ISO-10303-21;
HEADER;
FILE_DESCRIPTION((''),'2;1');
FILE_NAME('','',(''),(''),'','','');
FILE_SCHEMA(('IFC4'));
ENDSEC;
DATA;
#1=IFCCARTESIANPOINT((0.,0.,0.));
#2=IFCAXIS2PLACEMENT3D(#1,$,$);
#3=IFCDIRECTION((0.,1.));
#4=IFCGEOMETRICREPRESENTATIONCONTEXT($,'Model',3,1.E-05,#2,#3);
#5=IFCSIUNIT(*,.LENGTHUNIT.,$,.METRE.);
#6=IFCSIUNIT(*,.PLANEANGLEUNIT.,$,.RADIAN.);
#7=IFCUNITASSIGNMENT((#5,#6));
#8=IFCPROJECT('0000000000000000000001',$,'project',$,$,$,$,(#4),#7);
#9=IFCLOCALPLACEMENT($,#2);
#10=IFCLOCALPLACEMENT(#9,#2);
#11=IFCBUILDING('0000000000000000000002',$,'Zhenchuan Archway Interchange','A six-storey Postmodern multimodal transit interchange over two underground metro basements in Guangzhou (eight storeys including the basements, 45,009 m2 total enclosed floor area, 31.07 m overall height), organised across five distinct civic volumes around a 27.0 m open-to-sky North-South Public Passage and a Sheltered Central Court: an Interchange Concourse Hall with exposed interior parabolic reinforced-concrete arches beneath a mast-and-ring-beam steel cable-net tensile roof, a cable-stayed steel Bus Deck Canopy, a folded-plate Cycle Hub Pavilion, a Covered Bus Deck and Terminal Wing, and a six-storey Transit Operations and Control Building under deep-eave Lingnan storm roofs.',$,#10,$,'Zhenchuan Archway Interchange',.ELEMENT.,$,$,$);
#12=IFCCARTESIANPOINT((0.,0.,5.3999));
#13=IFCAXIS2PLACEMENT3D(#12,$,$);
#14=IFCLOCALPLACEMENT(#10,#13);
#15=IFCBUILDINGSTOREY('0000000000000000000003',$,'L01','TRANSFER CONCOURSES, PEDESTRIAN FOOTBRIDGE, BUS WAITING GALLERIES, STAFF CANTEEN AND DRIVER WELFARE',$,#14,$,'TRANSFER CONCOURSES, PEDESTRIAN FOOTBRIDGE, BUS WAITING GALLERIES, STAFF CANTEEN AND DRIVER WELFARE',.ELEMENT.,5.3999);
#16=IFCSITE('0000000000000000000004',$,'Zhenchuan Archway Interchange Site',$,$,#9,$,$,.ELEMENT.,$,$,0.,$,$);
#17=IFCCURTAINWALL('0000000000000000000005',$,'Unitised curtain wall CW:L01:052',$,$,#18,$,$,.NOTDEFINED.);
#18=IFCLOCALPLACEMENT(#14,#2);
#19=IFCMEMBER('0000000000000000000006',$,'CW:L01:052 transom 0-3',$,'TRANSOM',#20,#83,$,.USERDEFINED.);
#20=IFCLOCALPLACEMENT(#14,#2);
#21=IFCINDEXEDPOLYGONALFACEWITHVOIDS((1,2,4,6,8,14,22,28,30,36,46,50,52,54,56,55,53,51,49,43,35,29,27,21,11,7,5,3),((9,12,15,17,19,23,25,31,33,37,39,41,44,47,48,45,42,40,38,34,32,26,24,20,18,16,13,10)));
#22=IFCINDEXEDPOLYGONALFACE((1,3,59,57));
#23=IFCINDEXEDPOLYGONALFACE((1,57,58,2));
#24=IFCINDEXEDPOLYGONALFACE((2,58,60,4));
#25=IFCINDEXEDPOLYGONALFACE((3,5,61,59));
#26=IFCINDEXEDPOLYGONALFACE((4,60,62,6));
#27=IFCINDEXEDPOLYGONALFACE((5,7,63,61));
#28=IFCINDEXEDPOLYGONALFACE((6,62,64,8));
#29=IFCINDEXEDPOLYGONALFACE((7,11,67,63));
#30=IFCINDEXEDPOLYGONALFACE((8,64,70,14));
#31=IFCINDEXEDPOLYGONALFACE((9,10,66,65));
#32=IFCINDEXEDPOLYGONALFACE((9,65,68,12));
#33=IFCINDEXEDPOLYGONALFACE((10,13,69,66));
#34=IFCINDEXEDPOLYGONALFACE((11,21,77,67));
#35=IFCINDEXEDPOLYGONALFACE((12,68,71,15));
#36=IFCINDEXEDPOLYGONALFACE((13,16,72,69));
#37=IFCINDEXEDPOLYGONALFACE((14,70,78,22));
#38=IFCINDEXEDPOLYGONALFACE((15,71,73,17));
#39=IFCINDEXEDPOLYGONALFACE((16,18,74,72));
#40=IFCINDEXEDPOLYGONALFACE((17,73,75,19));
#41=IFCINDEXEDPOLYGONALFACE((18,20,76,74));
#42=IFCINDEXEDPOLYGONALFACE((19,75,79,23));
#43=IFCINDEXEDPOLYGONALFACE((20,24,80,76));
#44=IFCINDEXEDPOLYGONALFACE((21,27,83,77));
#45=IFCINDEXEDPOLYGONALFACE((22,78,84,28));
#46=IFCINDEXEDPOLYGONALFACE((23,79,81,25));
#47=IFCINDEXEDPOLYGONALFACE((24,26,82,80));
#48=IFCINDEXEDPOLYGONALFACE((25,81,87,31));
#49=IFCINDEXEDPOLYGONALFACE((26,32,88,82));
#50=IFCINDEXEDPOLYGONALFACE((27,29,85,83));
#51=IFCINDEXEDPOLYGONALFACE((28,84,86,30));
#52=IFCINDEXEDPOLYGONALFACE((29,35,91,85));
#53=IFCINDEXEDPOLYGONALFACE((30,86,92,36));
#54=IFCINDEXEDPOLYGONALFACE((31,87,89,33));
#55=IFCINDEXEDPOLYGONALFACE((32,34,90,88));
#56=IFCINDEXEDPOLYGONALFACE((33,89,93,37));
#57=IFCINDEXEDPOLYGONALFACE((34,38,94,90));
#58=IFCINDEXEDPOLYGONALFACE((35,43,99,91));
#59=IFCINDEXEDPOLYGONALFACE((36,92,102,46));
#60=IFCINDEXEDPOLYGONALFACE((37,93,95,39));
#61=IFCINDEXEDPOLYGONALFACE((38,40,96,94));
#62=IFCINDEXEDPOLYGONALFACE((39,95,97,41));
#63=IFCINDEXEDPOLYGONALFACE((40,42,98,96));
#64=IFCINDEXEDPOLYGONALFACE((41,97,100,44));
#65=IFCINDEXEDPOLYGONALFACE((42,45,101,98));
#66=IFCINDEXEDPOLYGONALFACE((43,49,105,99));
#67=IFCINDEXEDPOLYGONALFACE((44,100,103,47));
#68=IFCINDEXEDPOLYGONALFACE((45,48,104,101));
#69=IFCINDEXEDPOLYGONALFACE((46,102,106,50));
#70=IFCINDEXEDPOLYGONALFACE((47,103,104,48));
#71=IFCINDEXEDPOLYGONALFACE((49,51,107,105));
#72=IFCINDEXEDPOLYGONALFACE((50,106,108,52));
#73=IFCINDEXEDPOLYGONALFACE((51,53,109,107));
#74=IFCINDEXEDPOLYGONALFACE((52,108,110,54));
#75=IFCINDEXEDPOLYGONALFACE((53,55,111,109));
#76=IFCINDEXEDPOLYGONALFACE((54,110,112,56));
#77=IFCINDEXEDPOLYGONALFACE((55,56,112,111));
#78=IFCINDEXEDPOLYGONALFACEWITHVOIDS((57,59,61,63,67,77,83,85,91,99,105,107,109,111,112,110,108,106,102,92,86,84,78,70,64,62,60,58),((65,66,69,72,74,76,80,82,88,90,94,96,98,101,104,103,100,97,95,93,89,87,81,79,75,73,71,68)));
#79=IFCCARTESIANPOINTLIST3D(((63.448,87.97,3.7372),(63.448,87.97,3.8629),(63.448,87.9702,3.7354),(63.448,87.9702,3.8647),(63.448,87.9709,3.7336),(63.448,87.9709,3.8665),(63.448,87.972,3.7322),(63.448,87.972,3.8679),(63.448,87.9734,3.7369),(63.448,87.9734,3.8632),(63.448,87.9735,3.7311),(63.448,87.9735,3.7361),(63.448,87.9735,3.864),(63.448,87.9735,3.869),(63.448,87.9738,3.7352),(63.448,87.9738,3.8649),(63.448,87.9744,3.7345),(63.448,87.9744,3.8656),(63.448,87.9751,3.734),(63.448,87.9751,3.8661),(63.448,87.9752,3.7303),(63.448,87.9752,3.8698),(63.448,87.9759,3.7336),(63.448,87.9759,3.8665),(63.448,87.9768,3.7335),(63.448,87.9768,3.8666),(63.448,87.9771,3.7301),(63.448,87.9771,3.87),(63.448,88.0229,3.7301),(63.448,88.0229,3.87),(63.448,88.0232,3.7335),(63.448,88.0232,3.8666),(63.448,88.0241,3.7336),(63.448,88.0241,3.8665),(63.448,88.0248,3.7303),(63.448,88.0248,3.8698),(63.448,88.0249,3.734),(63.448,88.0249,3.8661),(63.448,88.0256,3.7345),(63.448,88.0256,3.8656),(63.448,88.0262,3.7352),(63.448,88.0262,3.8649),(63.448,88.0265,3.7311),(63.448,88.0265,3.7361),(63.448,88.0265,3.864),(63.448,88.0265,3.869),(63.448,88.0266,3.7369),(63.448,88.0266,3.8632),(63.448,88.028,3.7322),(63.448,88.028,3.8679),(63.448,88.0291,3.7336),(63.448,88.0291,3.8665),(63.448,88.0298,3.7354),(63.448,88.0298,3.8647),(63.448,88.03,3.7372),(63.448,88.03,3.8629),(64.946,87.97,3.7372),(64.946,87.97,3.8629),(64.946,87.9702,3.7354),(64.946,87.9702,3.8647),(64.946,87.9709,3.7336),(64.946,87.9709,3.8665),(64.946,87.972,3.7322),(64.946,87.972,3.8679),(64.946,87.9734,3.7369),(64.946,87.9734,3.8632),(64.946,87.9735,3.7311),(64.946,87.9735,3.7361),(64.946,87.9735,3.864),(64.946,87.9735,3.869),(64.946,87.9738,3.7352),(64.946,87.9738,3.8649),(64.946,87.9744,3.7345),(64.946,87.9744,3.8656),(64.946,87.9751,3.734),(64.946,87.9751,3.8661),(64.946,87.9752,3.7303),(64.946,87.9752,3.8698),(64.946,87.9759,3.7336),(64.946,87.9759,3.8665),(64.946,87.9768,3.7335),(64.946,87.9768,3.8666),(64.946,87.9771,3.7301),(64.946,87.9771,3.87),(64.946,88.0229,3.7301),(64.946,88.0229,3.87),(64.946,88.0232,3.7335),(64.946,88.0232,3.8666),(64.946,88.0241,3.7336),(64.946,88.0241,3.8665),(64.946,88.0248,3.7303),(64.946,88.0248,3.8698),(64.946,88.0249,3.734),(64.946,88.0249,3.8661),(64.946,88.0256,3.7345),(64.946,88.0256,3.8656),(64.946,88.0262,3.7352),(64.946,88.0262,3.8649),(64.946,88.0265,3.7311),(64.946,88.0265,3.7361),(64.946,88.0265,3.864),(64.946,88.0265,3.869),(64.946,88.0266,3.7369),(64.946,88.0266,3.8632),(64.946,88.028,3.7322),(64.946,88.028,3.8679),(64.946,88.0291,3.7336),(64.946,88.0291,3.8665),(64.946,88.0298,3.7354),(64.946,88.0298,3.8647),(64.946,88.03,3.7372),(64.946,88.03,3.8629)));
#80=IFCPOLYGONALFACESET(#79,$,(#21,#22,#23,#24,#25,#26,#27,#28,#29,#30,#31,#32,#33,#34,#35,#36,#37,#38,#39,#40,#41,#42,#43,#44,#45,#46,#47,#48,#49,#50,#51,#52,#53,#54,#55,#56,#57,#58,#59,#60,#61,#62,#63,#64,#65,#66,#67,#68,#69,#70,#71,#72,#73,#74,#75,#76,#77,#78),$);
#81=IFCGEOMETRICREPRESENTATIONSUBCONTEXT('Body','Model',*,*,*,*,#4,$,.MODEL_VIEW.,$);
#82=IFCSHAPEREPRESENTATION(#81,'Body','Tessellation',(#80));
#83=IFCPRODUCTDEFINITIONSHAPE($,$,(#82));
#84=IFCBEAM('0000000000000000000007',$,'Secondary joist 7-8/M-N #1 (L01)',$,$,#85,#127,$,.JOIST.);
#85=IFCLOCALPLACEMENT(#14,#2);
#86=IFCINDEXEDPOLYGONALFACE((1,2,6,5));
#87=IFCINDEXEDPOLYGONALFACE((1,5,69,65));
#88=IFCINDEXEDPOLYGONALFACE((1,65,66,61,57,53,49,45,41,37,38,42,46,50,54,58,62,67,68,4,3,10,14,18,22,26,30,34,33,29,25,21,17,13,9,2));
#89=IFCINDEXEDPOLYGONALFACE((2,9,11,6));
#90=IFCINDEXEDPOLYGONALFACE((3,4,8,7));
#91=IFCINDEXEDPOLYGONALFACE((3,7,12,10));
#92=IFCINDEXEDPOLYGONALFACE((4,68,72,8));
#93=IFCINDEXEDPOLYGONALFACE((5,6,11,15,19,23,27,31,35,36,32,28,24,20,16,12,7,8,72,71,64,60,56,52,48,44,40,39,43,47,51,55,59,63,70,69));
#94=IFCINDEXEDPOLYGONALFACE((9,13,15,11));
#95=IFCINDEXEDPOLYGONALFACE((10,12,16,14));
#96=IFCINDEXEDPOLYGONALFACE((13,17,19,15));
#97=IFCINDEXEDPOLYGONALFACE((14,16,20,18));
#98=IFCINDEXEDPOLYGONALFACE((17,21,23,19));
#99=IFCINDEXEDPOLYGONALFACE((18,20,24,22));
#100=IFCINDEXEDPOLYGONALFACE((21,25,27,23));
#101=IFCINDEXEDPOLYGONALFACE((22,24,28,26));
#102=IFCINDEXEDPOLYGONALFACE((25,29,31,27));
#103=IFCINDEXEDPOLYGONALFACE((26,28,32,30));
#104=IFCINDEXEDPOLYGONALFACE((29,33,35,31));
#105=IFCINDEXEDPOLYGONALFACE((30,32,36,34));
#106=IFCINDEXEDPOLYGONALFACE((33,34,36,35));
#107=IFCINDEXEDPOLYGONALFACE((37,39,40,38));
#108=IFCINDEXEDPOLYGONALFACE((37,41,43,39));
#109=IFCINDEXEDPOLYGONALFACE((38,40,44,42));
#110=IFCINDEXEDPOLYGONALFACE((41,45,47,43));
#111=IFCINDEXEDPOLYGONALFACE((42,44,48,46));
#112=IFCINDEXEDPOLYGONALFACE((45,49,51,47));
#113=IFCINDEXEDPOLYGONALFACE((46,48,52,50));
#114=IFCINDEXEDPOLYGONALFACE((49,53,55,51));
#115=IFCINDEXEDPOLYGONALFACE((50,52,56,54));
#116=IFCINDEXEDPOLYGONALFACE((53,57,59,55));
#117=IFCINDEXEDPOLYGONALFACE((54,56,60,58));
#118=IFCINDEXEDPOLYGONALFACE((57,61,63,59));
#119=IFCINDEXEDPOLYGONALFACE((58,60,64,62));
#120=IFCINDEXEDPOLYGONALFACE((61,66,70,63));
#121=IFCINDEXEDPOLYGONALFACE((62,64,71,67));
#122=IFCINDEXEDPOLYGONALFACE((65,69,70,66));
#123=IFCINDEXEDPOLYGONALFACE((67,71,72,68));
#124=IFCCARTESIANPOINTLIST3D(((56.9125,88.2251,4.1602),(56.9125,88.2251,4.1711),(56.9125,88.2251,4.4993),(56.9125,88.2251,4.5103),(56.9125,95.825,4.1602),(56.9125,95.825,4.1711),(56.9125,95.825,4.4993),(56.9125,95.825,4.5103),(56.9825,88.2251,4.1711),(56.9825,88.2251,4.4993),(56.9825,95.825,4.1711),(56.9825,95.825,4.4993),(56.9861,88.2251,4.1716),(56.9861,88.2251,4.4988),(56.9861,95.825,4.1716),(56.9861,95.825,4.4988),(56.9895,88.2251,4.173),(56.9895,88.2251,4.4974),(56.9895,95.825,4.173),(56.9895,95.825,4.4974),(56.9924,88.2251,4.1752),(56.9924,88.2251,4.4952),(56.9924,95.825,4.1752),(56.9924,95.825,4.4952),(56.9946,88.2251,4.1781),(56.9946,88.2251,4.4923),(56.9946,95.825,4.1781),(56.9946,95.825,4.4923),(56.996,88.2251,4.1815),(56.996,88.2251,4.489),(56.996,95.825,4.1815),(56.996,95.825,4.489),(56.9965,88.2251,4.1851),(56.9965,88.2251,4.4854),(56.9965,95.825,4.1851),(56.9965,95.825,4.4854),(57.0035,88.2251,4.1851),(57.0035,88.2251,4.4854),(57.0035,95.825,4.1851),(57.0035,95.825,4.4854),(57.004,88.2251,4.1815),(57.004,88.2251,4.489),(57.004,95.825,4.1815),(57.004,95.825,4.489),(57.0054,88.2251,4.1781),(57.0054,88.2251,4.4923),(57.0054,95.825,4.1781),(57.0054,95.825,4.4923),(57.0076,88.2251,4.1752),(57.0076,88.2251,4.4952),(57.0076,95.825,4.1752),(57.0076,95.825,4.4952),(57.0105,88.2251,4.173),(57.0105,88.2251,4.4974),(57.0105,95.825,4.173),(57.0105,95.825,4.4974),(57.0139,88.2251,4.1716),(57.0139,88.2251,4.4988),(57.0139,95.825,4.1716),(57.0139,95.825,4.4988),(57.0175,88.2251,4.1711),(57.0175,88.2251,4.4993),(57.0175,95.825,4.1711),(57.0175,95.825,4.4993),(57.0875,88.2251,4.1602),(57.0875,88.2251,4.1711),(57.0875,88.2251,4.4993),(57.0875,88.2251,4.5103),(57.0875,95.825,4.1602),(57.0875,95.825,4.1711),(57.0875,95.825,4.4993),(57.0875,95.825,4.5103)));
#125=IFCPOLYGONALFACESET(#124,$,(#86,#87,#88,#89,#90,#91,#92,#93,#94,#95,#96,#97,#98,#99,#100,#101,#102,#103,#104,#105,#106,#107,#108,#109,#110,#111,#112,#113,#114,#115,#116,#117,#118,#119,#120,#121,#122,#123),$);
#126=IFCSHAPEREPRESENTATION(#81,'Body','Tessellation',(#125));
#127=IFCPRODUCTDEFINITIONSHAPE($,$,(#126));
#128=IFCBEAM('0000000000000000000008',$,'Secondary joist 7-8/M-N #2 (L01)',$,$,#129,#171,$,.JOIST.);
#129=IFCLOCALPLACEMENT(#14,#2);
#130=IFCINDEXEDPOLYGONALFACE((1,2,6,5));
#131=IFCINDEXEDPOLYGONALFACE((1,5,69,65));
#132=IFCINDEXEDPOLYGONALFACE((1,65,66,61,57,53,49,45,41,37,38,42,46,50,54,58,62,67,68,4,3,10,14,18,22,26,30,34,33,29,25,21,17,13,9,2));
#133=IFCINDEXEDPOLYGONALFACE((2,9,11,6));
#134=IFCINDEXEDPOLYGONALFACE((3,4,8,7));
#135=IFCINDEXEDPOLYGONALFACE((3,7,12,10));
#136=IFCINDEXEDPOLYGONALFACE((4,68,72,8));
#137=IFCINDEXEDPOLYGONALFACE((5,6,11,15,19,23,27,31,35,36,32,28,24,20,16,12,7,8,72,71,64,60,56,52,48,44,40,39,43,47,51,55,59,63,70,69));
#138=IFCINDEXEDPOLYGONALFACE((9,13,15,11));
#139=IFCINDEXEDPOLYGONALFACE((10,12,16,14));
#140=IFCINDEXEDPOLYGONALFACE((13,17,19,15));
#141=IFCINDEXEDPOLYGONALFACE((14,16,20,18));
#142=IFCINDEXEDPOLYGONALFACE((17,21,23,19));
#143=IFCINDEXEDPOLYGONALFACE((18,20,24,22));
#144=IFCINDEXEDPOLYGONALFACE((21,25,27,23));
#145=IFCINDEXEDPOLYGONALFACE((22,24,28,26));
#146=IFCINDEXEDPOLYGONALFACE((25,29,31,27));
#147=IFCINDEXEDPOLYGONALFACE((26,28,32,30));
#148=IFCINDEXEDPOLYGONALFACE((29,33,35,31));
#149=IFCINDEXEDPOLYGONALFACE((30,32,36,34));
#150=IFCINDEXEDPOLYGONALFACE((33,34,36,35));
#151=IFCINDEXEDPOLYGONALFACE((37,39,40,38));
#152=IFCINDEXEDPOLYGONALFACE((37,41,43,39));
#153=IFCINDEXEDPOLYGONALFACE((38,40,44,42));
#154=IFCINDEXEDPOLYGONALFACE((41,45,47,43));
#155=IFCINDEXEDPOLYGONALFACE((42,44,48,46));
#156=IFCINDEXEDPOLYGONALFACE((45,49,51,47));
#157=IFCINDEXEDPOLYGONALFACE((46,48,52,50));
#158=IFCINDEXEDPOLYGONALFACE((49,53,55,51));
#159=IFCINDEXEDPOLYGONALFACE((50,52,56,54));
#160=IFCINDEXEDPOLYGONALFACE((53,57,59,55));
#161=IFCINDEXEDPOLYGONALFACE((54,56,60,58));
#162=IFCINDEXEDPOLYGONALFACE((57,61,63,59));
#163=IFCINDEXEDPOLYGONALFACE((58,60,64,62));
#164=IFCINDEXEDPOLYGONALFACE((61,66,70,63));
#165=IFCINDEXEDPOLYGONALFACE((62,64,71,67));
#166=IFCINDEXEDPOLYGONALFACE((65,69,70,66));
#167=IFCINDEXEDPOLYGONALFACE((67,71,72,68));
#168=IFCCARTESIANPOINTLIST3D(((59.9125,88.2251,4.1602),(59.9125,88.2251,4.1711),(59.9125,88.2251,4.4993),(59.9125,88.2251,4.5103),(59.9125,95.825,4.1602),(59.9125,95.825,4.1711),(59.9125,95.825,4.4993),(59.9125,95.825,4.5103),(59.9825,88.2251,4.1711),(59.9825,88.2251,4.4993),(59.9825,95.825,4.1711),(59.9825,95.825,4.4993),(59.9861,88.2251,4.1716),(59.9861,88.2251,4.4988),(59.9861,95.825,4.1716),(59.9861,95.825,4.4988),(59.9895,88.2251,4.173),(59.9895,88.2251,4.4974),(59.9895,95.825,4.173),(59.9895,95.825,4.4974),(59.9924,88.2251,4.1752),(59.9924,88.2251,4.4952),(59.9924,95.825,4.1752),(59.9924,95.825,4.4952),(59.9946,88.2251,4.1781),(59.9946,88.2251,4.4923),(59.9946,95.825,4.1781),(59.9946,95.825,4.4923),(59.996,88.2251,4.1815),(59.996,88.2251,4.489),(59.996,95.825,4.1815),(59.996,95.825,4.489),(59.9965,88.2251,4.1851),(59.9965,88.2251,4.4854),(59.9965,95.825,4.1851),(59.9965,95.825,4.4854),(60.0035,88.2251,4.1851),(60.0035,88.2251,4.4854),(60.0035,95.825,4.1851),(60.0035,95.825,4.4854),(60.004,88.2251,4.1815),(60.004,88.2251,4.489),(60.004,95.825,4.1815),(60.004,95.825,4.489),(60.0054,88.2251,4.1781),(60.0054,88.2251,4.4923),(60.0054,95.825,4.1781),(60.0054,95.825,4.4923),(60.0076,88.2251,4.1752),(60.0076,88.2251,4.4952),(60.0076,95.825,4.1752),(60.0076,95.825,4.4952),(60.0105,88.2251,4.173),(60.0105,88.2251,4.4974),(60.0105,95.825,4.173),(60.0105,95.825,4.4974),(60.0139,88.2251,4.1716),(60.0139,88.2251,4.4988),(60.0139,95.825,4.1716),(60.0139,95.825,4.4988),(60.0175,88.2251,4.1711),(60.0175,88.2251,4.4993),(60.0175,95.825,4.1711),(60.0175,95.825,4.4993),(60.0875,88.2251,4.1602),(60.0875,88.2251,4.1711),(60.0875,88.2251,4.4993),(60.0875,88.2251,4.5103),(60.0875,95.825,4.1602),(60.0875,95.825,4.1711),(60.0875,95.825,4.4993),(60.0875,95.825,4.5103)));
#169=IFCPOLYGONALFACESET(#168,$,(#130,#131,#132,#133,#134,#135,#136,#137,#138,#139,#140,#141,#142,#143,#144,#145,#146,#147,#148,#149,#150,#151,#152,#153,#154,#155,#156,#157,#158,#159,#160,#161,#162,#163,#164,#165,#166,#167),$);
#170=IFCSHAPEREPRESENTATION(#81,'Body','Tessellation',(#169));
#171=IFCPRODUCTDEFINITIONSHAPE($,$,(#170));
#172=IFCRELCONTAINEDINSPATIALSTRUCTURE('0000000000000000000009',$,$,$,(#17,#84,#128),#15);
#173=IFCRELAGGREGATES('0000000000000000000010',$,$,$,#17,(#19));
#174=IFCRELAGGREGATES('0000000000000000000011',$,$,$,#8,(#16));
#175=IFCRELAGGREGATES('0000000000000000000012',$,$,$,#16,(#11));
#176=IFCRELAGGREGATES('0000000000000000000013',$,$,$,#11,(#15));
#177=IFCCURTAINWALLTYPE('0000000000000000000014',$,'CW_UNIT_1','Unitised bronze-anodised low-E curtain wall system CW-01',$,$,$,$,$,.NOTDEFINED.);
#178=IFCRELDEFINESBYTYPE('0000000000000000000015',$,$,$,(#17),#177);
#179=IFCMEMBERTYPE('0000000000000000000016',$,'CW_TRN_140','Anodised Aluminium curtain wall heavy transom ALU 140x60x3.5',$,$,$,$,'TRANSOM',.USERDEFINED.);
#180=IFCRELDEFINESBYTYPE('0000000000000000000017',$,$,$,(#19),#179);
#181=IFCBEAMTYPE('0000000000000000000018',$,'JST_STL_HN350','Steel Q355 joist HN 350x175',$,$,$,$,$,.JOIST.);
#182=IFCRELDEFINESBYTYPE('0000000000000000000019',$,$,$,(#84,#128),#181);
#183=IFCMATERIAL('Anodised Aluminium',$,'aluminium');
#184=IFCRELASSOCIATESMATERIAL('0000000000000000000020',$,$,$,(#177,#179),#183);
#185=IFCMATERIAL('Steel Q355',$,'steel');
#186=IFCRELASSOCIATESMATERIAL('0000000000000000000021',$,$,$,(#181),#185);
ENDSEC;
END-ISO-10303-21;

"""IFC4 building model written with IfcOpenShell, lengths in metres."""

from ifc_helpers import new_model, si_unit, direction, frame, origin, origin_2d, place, context, subcontext, project, spatial, hollow_rectangle, i_section, extrude, material, material_profile, profile_set, type_object, element, aggregate, save


model = new_model("IFC4")

# Units and contexts
model_context = context("Model", 3, precision=1e-05, world=origin(), true_north=direction((0.0, 1.0)))
body_context = subcontext(model_context, "Body", "Model", "MODEL_VIEW")
ifc_project = project(units=[si_unit("LENGTHUNIT", "METRE"), si_unit("PLANEANGLEUNIT", "RADIAN")], contexts=[model_context])

# Site, building, storey
site_placement = place(None, origin())
site = spatial("IfcSite", under=ifc_project, at=site_placement, Name="Zhenchuan Archway Interchange Site", CompositionType="ELEMENT", RefElevation=0.0)
building_placement = place(site_placement, origin())
building = spatial("IfcBuilding", under=site, at=building_placement, Name="Zhenchuan Archway Interchange", Description="A six-storey Postmodern multimodal transit interchange over two underground metro basements in Guangzhou (eight storeys including the basements, 45,009 m2 total enclosed floor area, 31.07 m overall height), organised across five distinct civic volumes around a 27.0 m open-to-sky North-South Public Passage and a Sheltered Central Court: an Interchange Concourse Hall with exposed interior parabolic reinforced-concrete arches beneath a mast-and-ring-beam steel cable-net tensile roof, a cable-stayed steel Bus Deck Canopy, a folded-plate Cycle Hub Pavilion, a Covered Bus Deck and Terminal Wing, and a six-storey Transit Operations and Control Building under deep-eave Lingnan storm roofs.", LongName="Zhenchuan Archway Interchange", CompositionType="ELEMENT")
storey_placement = place(building_placement, frame((0.0, 0.0, 5.3999)))
storey = spatial("IfcBuildingStorey", under=building, at=storey_placement, Name="L01", Description="TRANSFER CONCOURSES, PEDESTRIAN FOOTBRIDGE, BUS WAITING GALLERIES, STAFF CANTEEN AND DRIVER WELFARE", LongName="TRANSFER CONCOURSES, PEDESTRIAN FOOTBRIDGE, BUS WAITING GALLERIES, STAFF CANTEEN AND DRIVER WELFARE", CompositionType="ELEMENT", Elevation=5.3999)

# Curtain wall, member
ifc_material_1 = material(Name="Anodised Aluminium", Category="aluminium")
curtain_wall_type = type_object("IfcCurtainWallType", Name="CW_UNIT_1", Description="Unitised bronze-anodised low-E curtain wall system CW-01", PredefinedType="NOTDEFINED", material=ifc_material_1)
curtain_wall_placement = place(storey_placement, origin())
curtain_wall = element("IfcCurtainWall", 1, at=curtain_wall_placement, inside=storey, type_object=curtain_wall_type, Name="Unitised curtain wall CW:L01:052", PredefinedType="NOTDEFINED")
ifc_material_profile_1 = material_profile(ifc_material_1, hollow_rectangle(XDim=0.0601, YDim=0.1399, WallThickness=0.0034, InnerFilletRadius=0.0034, OuterFilletRadius=0.0071, at=origin_2d()), Name="ALU 140x60x3.5")
ifc_profile_set_1 = profile_set([ifc_material_profile_1], Name="Anodised Aluminium")
member_type_1 = type_object("IfcMemberType", Name="CW_TRN_140", Description="Anodised Aluminium curtain wall heavy transom ALU 140x60x3.5", ElementType="TRANSOM", PredefinedType="USERDEFINED", material=ifc_profile_set_1)
member_1_placement = place(storey_placement, frame((63.448, 88.0, 3.8), z_axis=(1.0, 0.0, 0.0), x_axis=(0.0, 1.0, 0.0)))
member_1 = element("IfcMember", 2, at=member_1_placement, type_object=member_type_1, Name="CW:L01:052 transom 0-3", ObjectType="TRANSOM", PredefinedType="USERDEFINED", context=body_context, shape_type="SweptSolid", body=[
    extrude(hollow_rectangle(XDim=0.0601, YDim=0.1399, WallThickness=0.0034, InnerFilletRadius=0.0034, OuterFilletRadius=0.0071, at=origin_2d()), origin(), (0.0, 0.0, 1.0), 1.498),
])

# Beams
ifc_material_2 = material(Name="Steel Q355", Category="steel")
ifc_material_profile_2 = material_profile(ifc_material_2, i_section(OverallWidth=0.175, OverallDepth=0.3501, WebThickness=0.0071, FlangeThickness=0.011, FilletRadius=0.0139, at=origin_2d()), Name="HN 350x175")
ifc_profile_set_2 = profile_set([ifc_material_profile_2], Name="Steel Q355")
beam_type_1 = type_object("IfcBeamType", Name="JST_STL_HN350", Description="Steel Q355 joist HN 350x175", PredefinedType="JOIST", material=ifc_profile_set_2)
for number, where, z_axis, x_axis, name in (
    (3, (57.0, 88.2251, 4.3352), (0.0, 1.0, 0.0), (-1.0, 0.0, 0.0), "Secondary joist 7-8/M-N #1 (L01)"),
    (4, (60.0, 88.2251, 4.3352), (0.0, 1.0, 0.0), (-1.0, 0.0, 0.0), "Secondary joist 7-8/M-N #2 (L01)"),
):
    element("IfcBeam", number, at=place(storey_placement, frame(where, z_axis=z_axis, x_axis=x_axis)), inside=storey, type_object=beam_type_1, Name=name, PredefinedType="JOIST", context=body_context, shape_type="SweptSolid", body=[
        extrude(i_section(OverallWidth=0.175, OverallDepth=0.3501, WebThickness=0.0071, FlangeThickness=0.011, FilletRadius=0.0139, at=origin_2d()), origin(), (0.0, 0.0, 1.0), 7.5999),
    ])

aggregate(curtain_wall, [member_1])

save(model, "model.ifc")
